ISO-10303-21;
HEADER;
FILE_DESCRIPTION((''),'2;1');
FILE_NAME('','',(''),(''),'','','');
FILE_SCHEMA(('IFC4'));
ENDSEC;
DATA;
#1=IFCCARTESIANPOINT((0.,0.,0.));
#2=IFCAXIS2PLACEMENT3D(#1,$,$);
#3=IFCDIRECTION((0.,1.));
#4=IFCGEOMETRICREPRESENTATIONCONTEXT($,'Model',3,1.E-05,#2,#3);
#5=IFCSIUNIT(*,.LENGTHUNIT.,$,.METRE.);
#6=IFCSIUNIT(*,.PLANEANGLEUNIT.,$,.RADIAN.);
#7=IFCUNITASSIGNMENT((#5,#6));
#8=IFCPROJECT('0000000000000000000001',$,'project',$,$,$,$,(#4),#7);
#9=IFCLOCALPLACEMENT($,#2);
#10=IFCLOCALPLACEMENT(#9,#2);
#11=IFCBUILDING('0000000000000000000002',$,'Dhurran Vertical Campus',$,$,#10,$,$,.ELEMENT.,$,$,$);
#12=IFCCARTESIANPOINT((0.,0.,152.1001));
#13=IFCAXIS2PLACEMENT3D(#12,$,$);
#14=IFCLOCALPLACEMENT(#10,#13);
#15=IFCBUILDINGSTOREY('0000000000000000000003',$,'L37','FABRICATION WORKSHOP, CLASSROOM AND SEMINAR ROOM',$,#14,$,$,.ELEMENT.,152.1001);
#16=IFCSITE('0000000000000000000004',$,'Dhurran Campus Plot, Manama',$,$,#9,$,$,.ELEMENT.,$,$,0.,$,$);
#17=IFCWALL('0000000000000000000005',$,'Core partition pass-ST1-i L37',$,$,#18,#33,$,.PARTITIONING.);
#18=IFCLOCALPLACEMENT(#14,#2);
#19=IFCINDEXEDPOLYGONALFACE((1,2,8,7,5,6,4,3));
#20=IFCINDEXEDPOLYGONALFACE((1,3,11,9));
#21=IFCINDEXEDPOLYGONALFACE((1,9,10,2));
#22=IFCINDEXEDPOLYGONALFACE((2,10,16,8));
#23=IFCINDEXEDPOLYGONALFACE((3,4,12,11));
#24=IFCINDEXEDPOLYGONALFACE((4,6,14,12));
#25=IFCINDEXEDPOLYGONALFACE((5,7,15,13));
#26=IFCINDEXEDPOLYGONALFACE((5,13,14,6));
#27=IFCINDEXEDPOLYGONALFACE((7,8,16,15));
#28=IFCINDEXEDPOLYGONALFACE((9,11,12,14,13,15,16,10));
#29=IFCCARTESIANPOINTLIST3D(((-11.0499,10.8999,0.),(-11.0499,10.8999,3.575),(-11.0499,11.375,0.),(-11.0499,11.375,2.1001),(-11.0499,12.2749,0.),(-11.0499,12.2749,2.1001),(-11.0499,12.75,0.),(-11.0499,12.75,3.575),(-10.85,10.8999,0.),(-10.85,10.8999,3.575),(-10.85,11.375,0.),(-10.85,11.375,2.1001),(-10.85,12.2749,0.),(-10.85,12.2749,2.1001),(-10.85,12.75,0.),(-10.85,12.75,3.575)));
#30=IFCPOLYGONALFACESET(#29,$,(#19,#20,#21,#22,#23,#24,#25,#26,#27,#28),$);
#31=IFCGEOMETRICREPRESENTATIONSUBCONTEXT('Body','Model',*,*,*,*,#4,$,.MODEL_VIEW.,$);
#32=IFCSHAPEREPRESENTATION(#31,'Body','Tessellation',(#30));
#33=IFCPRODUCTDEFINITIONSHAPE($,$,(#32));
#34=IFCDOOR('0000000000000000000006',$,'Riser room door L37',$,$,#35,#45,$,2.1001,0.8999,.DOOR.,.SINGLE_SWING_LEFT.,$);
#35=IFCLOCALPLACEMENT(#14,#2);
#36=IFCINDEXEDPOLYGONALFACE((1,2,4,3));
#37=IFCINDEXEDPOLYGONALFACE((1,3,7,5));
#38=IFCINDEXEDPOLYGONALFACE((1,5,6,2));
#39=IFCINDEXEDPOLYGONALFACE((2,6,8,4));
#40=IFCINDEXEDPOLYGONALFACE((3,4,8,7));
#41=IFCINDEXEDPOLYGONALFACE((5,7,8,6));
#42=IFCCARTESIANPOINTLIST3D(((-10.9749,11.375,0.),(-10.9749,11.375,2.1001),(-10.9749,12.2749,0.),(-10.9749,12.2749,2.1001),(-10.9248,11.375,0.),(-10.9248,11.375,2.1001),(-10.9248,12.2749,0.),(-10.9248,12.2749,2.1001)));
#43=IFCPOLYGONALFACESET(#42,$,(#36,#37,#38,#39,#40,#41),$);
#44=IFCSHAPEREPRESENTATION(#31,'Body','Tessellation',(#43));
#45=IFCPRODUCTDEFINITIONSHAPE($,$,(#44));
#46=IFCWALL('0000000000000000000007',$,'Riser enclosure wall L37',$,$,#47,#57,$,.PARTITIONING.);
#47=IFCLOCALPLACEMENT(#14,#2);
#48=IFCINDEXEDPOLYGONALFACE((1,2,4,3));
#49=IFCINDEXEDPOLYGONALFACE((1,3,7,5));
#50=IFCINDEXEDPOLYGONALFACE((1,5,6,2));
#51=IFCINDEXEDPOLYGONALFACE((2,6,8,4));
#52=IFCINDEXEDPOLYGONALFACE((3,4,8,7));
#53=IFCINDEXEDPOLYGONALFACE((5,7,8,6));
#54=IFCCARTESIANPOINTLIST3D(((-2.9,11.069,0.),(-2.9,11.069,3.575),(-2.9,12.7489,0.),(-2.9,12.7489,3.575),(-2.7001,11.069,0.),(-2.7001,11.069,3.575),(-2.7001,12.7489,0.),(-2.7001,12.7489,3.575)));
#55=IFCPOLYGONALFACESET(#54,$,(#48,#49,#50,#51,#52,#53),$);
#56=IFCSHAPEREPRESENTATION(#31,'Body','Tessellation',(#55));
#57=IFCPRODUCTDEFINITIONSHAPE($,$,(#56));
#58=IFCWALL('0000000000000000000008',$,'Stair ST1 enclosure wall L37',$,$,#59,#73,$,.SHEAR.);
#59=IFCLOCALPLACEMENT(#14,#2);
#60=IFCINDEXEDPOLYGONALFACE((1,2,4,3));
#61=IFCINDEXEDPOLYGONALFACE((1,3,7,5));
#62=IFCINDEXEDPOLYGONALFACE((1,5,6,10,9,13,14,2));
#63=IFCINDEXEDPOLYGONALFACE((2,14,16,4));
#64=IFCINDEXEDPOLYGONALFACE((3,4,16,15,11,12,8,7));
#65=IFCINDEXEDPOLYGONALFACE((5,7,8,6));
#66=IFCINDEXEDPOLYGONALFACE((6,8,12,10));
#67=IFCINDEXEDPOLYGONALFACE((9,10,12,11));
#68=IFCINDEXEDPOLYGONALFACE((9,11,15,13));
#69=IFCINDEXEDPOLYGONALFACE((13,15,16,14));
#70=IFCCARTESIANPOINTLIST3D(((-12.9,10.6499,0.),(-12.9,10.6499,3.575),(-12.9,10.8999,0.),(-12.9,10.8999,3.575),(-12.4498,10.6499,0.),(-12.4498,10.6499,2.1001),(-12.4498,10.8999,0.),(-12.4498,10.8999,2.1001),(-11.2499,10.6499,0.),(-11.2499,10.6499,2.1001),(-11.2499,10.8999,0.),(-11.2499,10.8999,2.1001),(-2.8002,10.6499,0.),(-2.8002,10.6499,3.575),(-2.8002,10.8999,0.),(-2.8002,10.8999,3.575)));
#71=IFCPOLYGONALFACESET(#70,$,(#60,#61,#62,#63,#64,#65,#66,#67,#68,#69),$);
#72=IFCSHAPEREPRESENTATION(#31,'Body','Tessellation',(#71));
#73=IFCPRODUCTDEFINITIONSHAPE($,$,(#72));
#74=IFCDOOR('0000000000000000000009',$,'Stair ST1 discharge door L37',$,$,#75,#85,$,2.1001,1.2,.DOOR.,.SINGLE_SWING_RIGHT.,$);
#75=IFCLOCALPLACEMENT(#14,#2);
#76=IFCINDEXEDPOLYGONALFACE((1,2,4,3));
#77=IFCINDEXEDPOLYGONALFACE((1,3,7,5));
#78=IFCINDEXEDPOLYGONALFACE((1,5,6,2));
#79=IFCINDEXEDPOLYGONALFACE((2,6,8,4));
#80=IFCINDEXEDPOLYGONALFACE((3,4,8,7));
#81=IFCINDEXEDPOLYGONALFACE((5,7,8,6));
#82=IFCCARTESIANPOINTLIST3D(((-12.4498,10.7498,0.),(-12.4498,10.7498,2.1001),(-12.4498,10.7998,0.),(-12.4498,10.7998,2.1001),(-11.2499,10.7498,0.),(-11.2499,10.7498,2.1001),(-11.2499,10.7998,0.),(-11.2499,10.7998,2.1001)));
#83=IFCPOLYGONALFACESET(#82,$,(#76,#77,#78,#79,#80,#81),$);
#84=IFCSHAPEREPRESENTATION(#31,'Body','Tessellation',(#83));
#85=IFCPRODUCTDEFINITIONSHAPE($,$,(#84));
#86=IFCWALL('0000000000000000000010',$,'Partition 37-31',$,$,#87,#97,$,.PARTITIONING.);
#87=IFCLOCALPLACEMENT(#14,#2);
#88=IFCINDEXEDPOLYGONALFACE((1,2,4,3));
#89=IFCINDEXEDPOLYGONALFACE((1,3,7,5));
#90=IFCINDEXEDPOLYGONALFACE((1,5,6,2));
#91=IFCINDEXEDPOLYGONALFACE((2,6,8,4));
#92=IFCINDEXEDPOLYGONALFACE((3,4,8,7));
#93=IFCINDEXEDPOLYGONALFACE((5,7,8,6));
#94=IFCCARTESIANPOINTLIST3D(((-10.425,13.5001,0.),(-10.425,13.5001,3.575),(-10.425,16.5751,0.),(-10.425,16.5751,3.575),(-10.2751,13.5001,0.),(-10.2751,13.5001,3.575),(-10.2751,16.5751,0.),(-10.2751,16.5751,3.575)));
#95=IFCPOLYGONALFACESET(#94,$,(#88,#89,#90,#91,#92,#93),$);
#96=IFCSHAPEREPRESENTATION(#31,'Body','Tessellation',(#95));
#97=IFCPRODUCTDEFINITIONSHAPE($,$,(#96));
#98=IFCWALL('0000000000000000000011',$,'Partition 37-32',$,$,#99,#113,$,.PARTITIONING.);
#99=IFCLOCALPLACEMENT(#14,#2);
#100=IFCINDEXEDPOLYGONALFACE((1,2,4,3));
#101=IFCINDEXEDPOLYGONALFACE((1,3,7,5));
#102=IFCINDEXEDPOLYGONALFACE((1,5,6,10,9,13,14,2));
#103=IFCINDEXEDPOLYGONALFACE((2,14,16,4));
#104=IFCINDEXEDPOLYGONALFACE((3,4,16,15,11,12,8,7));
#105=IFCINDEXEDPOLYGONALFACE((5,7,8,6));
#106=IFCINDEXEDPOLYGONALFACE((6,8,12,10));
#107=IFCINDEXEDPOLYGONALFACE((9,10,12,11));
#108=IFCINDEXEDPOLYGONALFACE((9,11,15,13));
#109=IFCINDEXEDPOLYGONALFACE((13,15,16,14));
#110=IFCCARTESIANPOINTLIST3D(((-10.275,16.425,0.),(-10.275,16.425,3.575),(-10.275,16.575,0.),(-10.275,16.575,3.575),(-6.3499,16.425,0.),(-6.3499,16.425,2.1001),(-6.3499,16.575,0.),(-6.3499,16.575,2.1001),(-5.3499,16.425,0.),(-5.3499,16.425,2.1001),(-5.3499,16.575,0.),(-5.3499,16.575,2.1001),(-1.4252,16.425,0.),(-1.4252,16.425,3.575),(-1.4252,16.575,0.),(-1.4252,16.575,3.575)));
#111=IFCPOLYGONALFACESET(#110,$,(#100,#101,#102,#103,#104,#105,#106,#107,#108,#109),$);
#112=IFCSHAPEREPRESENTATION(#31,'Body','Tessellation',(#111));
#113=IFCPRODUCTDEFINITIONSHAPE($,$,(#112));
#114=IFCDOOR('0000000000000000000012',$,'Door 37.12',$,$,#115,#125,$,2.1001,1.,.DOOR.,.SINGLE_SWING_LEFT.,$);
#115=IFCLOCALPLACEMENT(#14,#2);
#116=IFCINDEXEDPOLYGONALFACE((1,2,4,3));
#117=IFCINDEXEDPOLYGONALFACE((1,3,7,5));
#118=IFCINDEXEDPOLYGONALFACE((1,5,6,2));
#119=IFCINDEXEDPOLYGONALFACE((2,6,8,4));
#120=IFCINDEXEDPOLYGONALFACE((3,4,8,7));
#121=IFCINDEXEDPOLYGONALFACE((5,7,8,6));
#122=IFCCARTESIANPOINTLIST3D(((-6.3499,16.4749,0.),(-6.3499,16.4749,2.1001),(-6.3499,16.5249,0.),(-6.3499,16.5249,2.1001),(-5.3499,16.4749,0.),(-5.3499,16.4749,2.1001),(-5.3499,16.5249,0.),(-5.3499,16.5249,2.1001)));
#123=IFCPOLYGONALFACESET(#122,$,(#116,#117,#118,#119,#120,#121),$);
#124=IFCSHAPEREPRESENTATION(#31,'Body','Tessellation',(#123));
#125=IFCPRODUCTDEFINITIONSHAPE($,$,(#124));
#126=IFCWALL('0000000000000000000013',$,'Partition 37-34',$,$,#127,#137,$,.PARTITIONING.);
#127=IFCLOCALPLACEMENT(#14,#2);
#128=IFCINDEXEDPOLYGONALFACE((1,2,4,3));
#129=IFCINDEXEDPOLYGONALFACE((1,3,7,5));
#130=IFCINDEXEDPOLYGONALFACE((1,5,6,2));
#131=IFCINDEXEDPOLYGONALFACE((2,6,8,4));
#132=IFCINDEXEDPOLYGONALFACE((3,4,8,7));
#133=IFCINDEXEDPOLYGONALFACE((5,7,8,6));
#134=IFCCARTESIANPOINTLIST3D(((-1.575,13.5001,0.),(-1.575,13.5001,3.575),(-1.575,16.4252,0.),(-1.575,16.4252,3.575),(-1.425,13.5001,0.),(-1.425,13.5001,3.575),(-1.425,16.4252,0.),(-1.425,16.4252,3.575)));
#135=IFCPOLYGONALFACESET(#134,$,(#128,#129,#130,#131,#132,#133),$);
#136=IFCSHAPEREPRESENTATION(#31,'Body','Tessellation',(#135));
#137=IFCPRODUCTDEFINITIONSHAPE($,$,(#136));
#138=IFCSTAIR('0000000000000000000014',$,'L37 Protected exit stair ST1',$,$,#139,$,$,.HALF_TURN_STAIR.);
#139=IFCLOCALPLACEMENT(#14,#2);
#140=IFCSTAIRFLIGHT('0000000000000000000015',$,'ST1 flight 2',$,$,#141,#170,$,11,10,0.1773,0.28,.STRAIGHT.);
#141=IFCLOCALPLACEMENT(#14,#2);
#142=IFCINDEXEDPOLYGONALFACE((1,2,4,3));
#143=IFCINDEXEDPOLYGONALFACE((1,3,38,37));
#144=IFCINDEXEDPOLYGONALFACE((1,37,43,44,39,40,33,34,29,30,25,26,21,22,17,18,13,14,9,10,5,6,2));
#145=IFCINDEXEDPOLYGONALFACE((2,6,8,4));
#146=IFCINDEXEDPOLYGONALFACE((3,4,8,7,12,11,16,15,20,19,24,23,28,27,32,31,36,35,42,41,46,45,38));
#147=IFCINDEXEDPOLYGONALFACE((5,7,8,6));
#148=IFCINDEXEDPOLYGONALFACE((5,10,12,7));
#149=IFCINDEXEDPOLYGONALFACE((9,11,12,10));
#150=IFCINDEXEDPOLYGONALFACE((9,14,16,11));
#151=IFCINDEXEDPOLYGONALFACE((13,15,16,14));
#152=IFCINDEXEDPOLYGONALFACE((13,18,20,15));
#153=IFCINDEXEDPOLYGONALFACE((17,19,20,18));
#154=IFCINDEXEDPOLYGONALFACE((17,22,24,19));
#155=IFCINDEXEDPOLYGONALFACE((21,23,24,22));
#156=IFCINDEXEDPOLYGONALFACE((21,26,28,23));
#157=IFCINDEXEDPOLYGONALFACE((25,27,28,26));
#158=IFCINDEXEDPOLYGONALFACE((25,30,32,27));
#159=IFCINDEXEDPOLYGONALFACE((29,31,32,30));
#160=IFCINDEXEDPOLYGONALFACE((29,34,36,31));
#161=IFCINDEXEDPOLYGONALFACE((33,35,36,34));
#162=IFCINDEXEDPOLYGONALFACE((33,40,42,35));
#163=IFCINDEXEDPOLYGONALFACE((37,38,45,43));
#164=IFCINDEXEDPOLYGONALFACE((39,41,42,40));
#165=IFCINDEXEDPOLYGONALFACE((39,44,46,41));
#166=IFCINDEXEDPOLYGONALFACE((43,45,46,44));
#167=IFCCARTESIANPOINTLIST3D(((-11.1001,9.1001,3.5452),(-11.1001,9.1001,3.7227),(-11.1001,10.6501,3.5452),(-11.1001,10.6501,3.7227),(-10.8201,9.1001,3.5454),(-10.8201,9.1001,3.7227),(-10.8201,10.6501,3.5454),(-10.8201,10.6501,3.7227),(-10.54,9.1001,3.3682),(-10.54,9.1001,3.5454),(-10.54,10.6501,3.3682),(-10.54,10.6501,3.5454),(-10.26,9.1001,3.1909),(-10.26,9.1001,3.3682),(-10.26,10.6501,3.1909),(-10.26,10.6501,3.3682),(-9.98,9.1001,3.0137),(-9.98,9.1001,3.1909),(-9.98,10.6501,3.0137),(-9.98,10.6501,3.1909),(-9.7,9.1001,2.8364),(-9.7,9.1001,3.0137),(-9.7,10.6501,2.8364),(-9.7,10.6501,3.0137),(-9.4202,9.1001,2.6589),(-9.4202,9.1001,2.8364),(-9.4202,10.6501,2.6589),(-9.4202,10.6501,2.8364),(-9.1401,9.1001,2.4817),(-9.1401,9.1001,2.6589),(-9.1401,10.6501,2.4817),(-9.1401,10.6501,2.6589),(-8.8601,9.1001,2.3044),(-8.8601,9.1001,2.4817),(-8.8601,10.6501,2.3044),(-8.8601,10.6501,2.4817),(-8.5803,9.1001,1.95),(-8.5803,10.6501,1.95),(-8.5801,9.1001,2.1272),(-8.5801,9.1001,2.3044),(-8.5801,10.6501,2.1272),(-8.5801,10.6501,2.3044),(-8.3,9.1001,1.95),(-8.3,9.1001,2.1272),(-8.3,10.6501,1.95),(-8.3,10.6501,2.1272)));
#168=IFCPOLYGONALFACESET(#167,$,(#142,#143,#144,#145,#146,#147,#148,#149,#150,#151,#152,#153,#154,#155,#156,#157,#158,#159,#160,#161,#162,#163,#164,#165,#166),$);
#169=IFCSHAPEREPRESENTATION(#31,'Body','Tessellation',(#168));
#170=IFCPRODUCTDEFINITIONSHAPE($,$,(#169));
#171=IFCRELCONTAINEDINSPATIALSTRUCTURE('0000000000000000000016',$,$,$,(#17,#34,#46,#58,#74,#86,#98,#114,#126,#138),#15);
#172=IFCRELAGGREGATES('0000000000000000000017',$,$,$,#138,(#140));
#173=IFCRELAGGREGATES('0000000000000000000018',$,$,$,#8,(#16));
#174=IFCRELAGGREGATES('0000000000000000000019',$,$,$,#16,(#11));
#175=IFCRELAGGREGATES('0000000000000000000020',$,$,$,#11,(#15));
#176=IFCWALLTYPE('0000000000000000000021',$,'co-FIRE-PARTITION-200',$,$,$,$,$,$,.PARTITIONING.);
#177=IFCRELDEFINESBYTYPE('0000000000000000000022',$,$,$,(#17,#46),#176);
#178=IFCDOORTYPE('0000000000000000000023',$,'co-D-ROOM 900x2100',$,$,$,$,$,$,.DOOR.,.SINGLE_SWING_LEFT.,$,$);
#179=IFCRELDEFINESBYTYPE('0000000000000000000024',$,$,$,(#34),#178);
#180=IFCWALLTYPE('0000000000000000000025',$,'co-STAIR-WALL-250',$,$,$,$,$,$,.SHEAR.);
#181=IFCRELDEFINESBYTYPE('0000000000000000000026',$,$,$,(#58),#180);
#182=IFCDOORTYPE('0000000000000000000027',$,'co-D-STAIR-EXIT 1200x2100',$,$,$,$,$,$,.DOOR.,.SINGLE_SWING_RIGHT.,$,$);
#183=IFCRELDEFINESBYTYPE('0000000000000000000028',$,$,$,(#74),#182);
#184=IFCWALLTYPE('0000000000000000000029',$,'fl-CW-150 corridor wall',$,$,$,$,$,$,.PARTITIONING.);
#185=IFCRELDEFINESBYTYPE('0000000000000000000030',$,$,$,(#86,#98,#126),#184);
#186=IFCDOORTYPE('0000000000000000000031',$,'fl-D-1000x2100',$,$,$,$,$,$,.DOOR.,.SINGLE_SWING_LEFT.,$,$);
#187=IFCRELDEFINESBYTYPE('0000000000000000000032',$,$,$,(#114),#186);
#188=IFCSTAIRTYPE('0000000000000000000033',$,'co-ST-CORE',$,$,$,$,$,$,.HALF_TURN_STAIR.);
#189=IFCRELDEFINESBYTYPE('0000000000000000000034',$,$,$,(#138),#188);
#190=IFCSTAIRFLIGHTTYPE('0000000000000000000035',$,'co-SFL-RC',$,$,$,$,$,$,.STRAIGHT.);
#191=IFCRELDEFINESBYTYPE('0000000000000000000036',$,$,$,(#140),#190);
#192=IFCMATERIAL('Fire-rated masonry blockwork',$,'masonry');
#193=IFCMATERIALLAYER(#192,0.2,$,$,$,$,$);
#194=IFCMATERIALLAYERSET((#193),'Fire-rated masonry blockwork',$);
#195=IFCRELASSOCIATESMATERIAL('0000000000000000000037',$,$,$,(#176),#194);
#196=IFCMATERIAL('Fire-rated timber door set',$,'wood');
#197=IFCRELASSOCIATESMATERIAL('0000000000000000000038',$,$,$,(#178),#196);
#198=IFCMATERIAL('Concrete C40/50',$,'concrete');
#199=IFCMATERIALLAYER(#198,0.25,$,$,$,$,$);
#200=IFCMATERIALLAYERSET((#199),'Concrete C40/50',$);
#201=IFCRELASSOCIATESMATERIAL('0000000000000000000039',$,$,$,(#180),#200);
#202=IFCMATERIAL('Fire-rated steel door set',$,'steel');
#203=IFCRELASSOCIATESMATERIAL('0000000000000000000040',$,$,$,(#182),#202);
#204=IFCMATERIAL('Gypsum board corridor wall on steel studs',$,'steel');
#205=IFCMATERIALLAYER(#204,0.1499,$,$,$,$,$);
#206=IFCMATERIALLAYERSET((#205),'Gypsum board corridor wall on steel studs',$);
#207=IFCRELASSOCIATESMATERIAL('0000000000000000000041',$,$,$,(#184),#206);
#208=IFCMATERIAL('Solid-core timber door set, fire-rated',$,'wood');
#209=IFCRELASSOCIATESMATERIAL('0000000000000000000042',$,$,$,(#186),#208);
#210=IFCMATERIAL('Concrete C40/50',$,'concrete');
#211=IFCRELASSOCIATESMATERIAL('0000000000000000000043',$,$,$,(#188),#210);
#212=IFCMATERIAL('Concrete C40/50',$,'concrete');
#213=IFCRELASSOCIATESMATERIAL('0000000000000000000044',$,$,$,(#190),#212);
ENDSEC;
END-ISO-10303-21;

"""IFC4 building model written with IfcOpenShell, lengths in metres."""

from ifc_helpers import new_model, si_unit, direction, frame, frame_2d, origin, place, context, subcontext, project, spatial, polyline, rectangle, outline, extrude, material, layer, layer_set, type_object, element, fill, aggregate, save


model = new_model("IFC4")

# Units and contexts
model_context = context("Model", 3, precision=1e-05, world=origin(), true_north=direction((0.0, 1.0)))
body_context = subcontext(model_context, "Body", "Model", "MODEL_VIEW")
ifc_project = project(units=[si_unit("LENGTHUNIT", "METRE"), si_unit("PLANEANGLEUNIT", "RADIAN")], contexts=[model_context])

# Site, building, storey
site_placement = place(None, origin())
site = spatial("IfcSite", under=ifc_project, at=site_placement, Name="Dhurran Campus Plot, Manama", CompositionType="ELEMENT", RefElevation=0.0)
building_placement = place(site_placement, origin())
building = spatial("IfcBuilding", under=site, at=building_placement, Name="Dhurran Vertical Campus", CompositionType="ELEMENT")
storey_placement = place(building_placement, frame((0.0, 0.0, 152.1001)))
storey = spatial("IfcBuildingStorey", under=building, at=storey_placement, Name="L37", Description="FABRICATION WORKSHOP, CLASSROOM AND SEMINAR ROOM", CompositionType="ELEMENT", Elevation=152.1001)

# Shared definitions
ifc_material_1 = material(Name="Fire-rated masonry blockwork", Category="masonry")
ifc_layer_1 = layer(ifc_material_1, 0.2)
ifc_layer_set_1 = layer_set([ifc_layer_1], Name="Fire-rated masonry blockwork")
wall_type_1 = type_object("IfcWallType", Name="co-FIRE-PARTITION-200", PredefinedType="PARTITIONING", material=ifc_layer_set_1)

# Wall, opening, door
wall_1_placement = place(storey_placement, frame((-10.95, 10.8999, 0.0), z_axis=(0.0, 0.0, 1.0), x_axis=(0.0, 1.0, 0.0)))
wall_1 = element("IfcWall", 1, at=wall_1_placement, inside=storey, type_object=wall_type_1, Name="Core partition pass-ST1-i L37", PredefinedType="PARTITIONING", context=body_context, shape_type="SweptSolid", body=[
    extrude(rectangle(XDim=1.8501, YDim=0.2, at=frame_2d((0.925, 0.0))), origin(), (0.0, 0.0, 1.0), 3.575),
])
opening_1_placement = place(wall_1_placement, frame((0.4751, 0.0, 0.0)))
opening_1 = element("IfcOpeningElement", 2, at=opening_1_placement, cuts=wall_1, PredefinedType="OPENING", context=body_context, shape_type="SweptSolid", body=[
    extrude(rectangle(XDim=0.8999, YDim=2.1001, at=frame_2d((0.45, 1.05))), frame((0.0, 0.1099, 0.0), z_axis=(0.0, -1.0, 0.0), x_axis=(1.0, 0.0, 0.0)), (0.0, 0.0, 1.0), 0.22),
])
ifc_material_2 = material(Name="Fire-rated timber door set", Category="wood")
door_type_1 = type_object("IfcDoorType", Name="co-D-ROOM 900x2100", OperationType="SINGLE_SWING_LEFT", PredefinedType="DOOR", material=ifc_material_2)
door_1_placement = place(opening_1_placement, origin())
door_1 = element("IfcDoor", 3, at=door_1_placement, inside=storey, type_object=door_type_1, Name="Riser room door L37", OperationType="SINGLE_SWING_LEFT", OverallHeight=2.1001, OverallWidth=0.8999, PredefinedType="DOOR", context=body_context, shape_type="SweptSolid", body=[
    extrude(rectangle(XDim=0.8999, YDim=2.1001, at=frame_2d((0.45, 1.05))), frame((0.0, 0.0249, 0.0), z_axis=(0.0, -1.0, 0.0), x_axis=(1.0, 0.0, 0.0)), (0.0, 0.0, 1.0), 0.05),
])
fill(opening_1, door_1)

# Wall
wall_2_placement = place(storey_placement, frame((-2.8, 11.0691, 0.0), z_axis=(0.0, 0.0, 1.0), x_axis=(0.0, 1.0, 0.0)))
element("IfcWall", 4, at=wall_2_placement, inside=storey, type_object=wall_type_1, Name="Riser enclosure wall L37", PredefinedType="PARTITIONING", context=body_context, shape_type="SweptSolid", body=[
    extrude(rectangle(XDim=1.6799, YDim=0.2, at=frame_2d((0.8398, 0.0))), origin(), (0.0, 0.0, 1.0), 3.575),
])

# Wall, opening, door
ifc_material_3 = material(Name="Concrete C40/50", Category="concrete")
ifc_layer_2 = layer(ifc_material_3, 0.25)
ifc_layer_set_2 = layer_set([ifc_layer_2], Name="Concrete C40/50")
wall_type_2 = type_object("IfcWallType", Name="co-STAIR-WALL-250", PredefinedType="SHEAR", material=ifc_layer_set_2)
wall_3_placement = place(storey_placement, frame((-12.8999, 10.7749, 0.0), z_axis=(0.0, 0.0, 1.0), x_axis=(1.0, 0.0, 0.0)))
wall_3 = element("IfcWall", 5, at=wall_3_placement, inside=storey, type_object=wall_type_2, Name="Stair ST1 enclosure wall L37", PredefinedType="SHEAR", context=body_context, shape_type="SweptSolid", body=[
    extrude(rectangle(XDim=10.0999, YDim=0.25, at=frame_2d((5.0498, 0.0))), origin(), (0.0, 0.0, 1.0), 3.575),
])
opening_2_placement = place(wall_3_placement, frame((0.45, 0.0, 0.0)))
opening_2 = element("IfcOpeningElement", 6, at=opening_2_placement, cuts=wall_3, PredefinedType="OPENING", context=body_context, shape_type="SweptSolid", body=[
    extrude(rectangle(XDim=1.2, YDim=2.1001, at=frame_2d((0.6001, 1.05))), frame((0.0, 0.135, 0.0), z_axis=(0.0, -1.0, 0.0), x_axis=(1.0, 0.0, 0.0)), (0.0, 0.0, 1.0), 0.27),
])
ifc_material_4 = material(Name="Fire-rated steel door set", Category="steel")
door_type_2 = type_object("IfcDoorType", Name="co-D-STAIR-EXIT 1200x2100", OperationType="SINGLE_SWING_RIGHT", PredefinedType="DOOR", material=ifc_material_4)
door_2_placement = place(opening_2_placement, origin())
door_2 = element("IfcDoor", 7, at=door_2_placement, inside=storey, type_object=door_type_2, Name="Stair ST1 discharge door L37", OperationType="SINGLE_SWING_RIGHT", OverallHeight=2.1001, OverallWidth=1.2, PredefinedType="DOOR", context=body_context, shape_type="SweptSolid", body=[
    extrude(rectangle(XDim=1.2, YDim=2.1001, at=frame_2d((0.6001, 1.05))), frame((0.0, 0.0249, 0.0), z_axis=(0.0, -1.0, 0.0), x_axis=(1.0, 0.0, 0.0)), (0.0, 0.0, 1.0), 0.05),
])
fill(opening_2, door_2)

# Wall
ifc_material_5 = material(Name="Gypsum board corridor wall on steel studs", Category="steel")
ifc_layer_3 = layer(ifc_material_5, 0.1499)
ifc_layer_set_3 = layer_set([ifc_layer_3], Name="Gypsum board corridor wall on steel studs")
wall_type_3 = type_object("IfcWallType", Name="fl-CW-150 corridor wall", PredefinedType="PARTITIONING", material=ifc_layer_set_3)
wall_4_placement = place(storey_placement, frame((-10.3501, 13.5, 0.0), z_axis=(0.0, 0.0, 1.0), x_axis=(0.0, 1.0, 0.0)))
element("IfcWall", 8, at=wall_4_placement, inside=storey, type_object=wall_type_3, Name="Partition 37-31", PredefinedType="PARTITIONING", context=body_context, shape_type="SweptSolid", body=[
    extrude(rectangle(XDim=3.075, YDim=0.1499, at=frame_2d((1.5376, 0.0))), origin(), (0.0, 0.0, 1.0), 3.575),
])

# Wall, opening, door
wall_5_placement = place(storey_placement, frame((-10.2749, 16.5, 0.0), z_axis=(0.0, 0.0, 1.0), x_axis=(1.0, 0.0, 0.0)))
wall_5 = element("IfcWall", 9, at=wall_5_placement, inside=storey, type_object=wall_type_3, Name="Partition 37-32", PredefinedType="PARTITIONING", context=body_context, shape_type="SweptSolid", body=[
    extrude(rectangle(XDim=8.8499, YDim=0.1499, at=frame_2d((4.4248, 0.0))), origin(), (0.0, 0.0, 1.0), 3.575),
])
opening_3_placement = place(wall_5_placement, frame((3.925, 0.0, 0.0)))
opening_3 = element("IfcOpeningElement", 10, at=opening_3_placement, cuts=wall_5, PredefinedType="OPENING", context=body_context, shape_type="SweptSolid", body=[
    extrude(rectangle(XDim=1.0, YDim=2.1001, at=frame_2d((0.5, 1.05))), frame((0.0, 0.085, 0.0), z_axis=(0.0, -1.0, 0.0), x_axis=(1.0, 0.0, 0.0)), (0.0, 0.0, 1.0), 0.1699),
])
ifc_material_6 = material(Name="Solid-core timber door set, fire-rated", Category="wood")
door_type_3 = type_object("IfcDoorType", Name="fl-D-1000x2100", OperationType="SINGLE_SWING_LEFT", PredefinedType="DOOR", material=ifc_material_6)
door_3_placement = place(opening_3_placement, origin())
door_3 = element("IfcDoor", 11, at=door_3_placement, inside=storey, type_object=door_type_3, Name="Door 37.12", OperationType="SINGLE_SWING_LEFT", OverallHeight=2.1001, OverallWidth=1.0, PredefinedType="DOOR", context=body_context, shape_type="SweptSolid", body=[
    extrude(rectangle(XDim=1.0, YDim=2.1001, at=frame_2d((0.5, 1.05))), frame((0.0, 0.0249, 0.0), z_axis=(0.0, -1.0, 0.0), x_axis=(1.0, 0.0, 0.0)), (0.0, 0.0, 1.0), 0.05),
])
fill(opening_3, door_3)

# Wall
wall_6_placement = place(storey_placement, frame((-1.5, 16.425, 0.0), z_axis=(0.0, 0.0, 1.0), x_axis=(0.0, -1.0, 0.0)))
element("IfcWall", 12, at=wall_6_placement, inside=storey, type_object=wall_type_3, Name="Partition 37-34", PredefinedType="PARTITIONING", context=body_context, shape_type="SweptSolid", body=[
    extrude(rectangle(XDim=2.925, YDim=0.1499, at=frame_2d((1.4624, 0.0))), origin(), (0.0, 0.0, 1.0), 3.575),
])

# Stair, stair flight
ifc_material_7 = material(Name="Concrete C40/50", Category="concrete")
stair_type = type_object("IfcStairType", Name="co-ST-CORE", PredefinedType="HALF_TURN_STAIR", material=ifc_material_7)
stair_placement = place(storey_placement, origin())
stair = element("IfcStair", 13, at=stair_placement, inside=storey, type_object=stair_type, Name="L37 Protected exit stair ST1", PredefinedType="HALF_TURN_STAIR")
ifc_material_8 = material(Name="Concrete C40/50", Category="concrete")
stair_flight_type = type_object("IfcStairFlightType", Name="co-SFL-RC", PredefinedType="STRAIGHT", material=ifc_material_8)
stair_flight_placement = place(storey_placement, frame((-8.3, 9.875, 1.95), z_axis=(0.0, 0.0, 1.0), x_axis=(-1.0, 0.0, 0.0)))
stair_flight = element("IfcStairFlight", 14, at=stair_flight_placement, type_object=stair_flight_type, Name="ST1 flight 2", NumberOfRisers=11, NumberOfTreads=10, PredefinedType="STRAIGHT", RiserHeight=0.1773, TreadLength=0.28, context=body_context, shape_type="SweptSolid", body=[
    extrude(outline(polyline([(0.0, 0.0), (0.0, 0.1772), (0.28, 0.1772), (0.28, 0.3545), (0.5601, 0.3545), (0.5601, 0.5317), (0.8401, 0.5317), (0.8401, 0.709), (1.1201, 0.709), (1.1201, 0.8865), (1.3999, 0.8865), (1.3999, 1.0637), (1.6799, 1.0637), (1.6799, 1.241), (1.96, 1.241), (1.96, 1.4182), (2.24, 1.4182), (2.24, 1.5955), (2.52, 1.5955), (2.52, 1.7727), (2.8, 1.7727), (2.8, 1.95), (2.8, 1.5952), (0.2803, 0.0), (0.0, 0.0)])), frame((0.0, 0.7749, 0.0), z_axis=(0.0, -1.0, 0.0), x_axis=(1.0, 0.0, 0.0)), (0.0, 0.0, 1.0), 1.55),
])
aggregate(stair, [stair_flight])

save(model, "model.ifc")
